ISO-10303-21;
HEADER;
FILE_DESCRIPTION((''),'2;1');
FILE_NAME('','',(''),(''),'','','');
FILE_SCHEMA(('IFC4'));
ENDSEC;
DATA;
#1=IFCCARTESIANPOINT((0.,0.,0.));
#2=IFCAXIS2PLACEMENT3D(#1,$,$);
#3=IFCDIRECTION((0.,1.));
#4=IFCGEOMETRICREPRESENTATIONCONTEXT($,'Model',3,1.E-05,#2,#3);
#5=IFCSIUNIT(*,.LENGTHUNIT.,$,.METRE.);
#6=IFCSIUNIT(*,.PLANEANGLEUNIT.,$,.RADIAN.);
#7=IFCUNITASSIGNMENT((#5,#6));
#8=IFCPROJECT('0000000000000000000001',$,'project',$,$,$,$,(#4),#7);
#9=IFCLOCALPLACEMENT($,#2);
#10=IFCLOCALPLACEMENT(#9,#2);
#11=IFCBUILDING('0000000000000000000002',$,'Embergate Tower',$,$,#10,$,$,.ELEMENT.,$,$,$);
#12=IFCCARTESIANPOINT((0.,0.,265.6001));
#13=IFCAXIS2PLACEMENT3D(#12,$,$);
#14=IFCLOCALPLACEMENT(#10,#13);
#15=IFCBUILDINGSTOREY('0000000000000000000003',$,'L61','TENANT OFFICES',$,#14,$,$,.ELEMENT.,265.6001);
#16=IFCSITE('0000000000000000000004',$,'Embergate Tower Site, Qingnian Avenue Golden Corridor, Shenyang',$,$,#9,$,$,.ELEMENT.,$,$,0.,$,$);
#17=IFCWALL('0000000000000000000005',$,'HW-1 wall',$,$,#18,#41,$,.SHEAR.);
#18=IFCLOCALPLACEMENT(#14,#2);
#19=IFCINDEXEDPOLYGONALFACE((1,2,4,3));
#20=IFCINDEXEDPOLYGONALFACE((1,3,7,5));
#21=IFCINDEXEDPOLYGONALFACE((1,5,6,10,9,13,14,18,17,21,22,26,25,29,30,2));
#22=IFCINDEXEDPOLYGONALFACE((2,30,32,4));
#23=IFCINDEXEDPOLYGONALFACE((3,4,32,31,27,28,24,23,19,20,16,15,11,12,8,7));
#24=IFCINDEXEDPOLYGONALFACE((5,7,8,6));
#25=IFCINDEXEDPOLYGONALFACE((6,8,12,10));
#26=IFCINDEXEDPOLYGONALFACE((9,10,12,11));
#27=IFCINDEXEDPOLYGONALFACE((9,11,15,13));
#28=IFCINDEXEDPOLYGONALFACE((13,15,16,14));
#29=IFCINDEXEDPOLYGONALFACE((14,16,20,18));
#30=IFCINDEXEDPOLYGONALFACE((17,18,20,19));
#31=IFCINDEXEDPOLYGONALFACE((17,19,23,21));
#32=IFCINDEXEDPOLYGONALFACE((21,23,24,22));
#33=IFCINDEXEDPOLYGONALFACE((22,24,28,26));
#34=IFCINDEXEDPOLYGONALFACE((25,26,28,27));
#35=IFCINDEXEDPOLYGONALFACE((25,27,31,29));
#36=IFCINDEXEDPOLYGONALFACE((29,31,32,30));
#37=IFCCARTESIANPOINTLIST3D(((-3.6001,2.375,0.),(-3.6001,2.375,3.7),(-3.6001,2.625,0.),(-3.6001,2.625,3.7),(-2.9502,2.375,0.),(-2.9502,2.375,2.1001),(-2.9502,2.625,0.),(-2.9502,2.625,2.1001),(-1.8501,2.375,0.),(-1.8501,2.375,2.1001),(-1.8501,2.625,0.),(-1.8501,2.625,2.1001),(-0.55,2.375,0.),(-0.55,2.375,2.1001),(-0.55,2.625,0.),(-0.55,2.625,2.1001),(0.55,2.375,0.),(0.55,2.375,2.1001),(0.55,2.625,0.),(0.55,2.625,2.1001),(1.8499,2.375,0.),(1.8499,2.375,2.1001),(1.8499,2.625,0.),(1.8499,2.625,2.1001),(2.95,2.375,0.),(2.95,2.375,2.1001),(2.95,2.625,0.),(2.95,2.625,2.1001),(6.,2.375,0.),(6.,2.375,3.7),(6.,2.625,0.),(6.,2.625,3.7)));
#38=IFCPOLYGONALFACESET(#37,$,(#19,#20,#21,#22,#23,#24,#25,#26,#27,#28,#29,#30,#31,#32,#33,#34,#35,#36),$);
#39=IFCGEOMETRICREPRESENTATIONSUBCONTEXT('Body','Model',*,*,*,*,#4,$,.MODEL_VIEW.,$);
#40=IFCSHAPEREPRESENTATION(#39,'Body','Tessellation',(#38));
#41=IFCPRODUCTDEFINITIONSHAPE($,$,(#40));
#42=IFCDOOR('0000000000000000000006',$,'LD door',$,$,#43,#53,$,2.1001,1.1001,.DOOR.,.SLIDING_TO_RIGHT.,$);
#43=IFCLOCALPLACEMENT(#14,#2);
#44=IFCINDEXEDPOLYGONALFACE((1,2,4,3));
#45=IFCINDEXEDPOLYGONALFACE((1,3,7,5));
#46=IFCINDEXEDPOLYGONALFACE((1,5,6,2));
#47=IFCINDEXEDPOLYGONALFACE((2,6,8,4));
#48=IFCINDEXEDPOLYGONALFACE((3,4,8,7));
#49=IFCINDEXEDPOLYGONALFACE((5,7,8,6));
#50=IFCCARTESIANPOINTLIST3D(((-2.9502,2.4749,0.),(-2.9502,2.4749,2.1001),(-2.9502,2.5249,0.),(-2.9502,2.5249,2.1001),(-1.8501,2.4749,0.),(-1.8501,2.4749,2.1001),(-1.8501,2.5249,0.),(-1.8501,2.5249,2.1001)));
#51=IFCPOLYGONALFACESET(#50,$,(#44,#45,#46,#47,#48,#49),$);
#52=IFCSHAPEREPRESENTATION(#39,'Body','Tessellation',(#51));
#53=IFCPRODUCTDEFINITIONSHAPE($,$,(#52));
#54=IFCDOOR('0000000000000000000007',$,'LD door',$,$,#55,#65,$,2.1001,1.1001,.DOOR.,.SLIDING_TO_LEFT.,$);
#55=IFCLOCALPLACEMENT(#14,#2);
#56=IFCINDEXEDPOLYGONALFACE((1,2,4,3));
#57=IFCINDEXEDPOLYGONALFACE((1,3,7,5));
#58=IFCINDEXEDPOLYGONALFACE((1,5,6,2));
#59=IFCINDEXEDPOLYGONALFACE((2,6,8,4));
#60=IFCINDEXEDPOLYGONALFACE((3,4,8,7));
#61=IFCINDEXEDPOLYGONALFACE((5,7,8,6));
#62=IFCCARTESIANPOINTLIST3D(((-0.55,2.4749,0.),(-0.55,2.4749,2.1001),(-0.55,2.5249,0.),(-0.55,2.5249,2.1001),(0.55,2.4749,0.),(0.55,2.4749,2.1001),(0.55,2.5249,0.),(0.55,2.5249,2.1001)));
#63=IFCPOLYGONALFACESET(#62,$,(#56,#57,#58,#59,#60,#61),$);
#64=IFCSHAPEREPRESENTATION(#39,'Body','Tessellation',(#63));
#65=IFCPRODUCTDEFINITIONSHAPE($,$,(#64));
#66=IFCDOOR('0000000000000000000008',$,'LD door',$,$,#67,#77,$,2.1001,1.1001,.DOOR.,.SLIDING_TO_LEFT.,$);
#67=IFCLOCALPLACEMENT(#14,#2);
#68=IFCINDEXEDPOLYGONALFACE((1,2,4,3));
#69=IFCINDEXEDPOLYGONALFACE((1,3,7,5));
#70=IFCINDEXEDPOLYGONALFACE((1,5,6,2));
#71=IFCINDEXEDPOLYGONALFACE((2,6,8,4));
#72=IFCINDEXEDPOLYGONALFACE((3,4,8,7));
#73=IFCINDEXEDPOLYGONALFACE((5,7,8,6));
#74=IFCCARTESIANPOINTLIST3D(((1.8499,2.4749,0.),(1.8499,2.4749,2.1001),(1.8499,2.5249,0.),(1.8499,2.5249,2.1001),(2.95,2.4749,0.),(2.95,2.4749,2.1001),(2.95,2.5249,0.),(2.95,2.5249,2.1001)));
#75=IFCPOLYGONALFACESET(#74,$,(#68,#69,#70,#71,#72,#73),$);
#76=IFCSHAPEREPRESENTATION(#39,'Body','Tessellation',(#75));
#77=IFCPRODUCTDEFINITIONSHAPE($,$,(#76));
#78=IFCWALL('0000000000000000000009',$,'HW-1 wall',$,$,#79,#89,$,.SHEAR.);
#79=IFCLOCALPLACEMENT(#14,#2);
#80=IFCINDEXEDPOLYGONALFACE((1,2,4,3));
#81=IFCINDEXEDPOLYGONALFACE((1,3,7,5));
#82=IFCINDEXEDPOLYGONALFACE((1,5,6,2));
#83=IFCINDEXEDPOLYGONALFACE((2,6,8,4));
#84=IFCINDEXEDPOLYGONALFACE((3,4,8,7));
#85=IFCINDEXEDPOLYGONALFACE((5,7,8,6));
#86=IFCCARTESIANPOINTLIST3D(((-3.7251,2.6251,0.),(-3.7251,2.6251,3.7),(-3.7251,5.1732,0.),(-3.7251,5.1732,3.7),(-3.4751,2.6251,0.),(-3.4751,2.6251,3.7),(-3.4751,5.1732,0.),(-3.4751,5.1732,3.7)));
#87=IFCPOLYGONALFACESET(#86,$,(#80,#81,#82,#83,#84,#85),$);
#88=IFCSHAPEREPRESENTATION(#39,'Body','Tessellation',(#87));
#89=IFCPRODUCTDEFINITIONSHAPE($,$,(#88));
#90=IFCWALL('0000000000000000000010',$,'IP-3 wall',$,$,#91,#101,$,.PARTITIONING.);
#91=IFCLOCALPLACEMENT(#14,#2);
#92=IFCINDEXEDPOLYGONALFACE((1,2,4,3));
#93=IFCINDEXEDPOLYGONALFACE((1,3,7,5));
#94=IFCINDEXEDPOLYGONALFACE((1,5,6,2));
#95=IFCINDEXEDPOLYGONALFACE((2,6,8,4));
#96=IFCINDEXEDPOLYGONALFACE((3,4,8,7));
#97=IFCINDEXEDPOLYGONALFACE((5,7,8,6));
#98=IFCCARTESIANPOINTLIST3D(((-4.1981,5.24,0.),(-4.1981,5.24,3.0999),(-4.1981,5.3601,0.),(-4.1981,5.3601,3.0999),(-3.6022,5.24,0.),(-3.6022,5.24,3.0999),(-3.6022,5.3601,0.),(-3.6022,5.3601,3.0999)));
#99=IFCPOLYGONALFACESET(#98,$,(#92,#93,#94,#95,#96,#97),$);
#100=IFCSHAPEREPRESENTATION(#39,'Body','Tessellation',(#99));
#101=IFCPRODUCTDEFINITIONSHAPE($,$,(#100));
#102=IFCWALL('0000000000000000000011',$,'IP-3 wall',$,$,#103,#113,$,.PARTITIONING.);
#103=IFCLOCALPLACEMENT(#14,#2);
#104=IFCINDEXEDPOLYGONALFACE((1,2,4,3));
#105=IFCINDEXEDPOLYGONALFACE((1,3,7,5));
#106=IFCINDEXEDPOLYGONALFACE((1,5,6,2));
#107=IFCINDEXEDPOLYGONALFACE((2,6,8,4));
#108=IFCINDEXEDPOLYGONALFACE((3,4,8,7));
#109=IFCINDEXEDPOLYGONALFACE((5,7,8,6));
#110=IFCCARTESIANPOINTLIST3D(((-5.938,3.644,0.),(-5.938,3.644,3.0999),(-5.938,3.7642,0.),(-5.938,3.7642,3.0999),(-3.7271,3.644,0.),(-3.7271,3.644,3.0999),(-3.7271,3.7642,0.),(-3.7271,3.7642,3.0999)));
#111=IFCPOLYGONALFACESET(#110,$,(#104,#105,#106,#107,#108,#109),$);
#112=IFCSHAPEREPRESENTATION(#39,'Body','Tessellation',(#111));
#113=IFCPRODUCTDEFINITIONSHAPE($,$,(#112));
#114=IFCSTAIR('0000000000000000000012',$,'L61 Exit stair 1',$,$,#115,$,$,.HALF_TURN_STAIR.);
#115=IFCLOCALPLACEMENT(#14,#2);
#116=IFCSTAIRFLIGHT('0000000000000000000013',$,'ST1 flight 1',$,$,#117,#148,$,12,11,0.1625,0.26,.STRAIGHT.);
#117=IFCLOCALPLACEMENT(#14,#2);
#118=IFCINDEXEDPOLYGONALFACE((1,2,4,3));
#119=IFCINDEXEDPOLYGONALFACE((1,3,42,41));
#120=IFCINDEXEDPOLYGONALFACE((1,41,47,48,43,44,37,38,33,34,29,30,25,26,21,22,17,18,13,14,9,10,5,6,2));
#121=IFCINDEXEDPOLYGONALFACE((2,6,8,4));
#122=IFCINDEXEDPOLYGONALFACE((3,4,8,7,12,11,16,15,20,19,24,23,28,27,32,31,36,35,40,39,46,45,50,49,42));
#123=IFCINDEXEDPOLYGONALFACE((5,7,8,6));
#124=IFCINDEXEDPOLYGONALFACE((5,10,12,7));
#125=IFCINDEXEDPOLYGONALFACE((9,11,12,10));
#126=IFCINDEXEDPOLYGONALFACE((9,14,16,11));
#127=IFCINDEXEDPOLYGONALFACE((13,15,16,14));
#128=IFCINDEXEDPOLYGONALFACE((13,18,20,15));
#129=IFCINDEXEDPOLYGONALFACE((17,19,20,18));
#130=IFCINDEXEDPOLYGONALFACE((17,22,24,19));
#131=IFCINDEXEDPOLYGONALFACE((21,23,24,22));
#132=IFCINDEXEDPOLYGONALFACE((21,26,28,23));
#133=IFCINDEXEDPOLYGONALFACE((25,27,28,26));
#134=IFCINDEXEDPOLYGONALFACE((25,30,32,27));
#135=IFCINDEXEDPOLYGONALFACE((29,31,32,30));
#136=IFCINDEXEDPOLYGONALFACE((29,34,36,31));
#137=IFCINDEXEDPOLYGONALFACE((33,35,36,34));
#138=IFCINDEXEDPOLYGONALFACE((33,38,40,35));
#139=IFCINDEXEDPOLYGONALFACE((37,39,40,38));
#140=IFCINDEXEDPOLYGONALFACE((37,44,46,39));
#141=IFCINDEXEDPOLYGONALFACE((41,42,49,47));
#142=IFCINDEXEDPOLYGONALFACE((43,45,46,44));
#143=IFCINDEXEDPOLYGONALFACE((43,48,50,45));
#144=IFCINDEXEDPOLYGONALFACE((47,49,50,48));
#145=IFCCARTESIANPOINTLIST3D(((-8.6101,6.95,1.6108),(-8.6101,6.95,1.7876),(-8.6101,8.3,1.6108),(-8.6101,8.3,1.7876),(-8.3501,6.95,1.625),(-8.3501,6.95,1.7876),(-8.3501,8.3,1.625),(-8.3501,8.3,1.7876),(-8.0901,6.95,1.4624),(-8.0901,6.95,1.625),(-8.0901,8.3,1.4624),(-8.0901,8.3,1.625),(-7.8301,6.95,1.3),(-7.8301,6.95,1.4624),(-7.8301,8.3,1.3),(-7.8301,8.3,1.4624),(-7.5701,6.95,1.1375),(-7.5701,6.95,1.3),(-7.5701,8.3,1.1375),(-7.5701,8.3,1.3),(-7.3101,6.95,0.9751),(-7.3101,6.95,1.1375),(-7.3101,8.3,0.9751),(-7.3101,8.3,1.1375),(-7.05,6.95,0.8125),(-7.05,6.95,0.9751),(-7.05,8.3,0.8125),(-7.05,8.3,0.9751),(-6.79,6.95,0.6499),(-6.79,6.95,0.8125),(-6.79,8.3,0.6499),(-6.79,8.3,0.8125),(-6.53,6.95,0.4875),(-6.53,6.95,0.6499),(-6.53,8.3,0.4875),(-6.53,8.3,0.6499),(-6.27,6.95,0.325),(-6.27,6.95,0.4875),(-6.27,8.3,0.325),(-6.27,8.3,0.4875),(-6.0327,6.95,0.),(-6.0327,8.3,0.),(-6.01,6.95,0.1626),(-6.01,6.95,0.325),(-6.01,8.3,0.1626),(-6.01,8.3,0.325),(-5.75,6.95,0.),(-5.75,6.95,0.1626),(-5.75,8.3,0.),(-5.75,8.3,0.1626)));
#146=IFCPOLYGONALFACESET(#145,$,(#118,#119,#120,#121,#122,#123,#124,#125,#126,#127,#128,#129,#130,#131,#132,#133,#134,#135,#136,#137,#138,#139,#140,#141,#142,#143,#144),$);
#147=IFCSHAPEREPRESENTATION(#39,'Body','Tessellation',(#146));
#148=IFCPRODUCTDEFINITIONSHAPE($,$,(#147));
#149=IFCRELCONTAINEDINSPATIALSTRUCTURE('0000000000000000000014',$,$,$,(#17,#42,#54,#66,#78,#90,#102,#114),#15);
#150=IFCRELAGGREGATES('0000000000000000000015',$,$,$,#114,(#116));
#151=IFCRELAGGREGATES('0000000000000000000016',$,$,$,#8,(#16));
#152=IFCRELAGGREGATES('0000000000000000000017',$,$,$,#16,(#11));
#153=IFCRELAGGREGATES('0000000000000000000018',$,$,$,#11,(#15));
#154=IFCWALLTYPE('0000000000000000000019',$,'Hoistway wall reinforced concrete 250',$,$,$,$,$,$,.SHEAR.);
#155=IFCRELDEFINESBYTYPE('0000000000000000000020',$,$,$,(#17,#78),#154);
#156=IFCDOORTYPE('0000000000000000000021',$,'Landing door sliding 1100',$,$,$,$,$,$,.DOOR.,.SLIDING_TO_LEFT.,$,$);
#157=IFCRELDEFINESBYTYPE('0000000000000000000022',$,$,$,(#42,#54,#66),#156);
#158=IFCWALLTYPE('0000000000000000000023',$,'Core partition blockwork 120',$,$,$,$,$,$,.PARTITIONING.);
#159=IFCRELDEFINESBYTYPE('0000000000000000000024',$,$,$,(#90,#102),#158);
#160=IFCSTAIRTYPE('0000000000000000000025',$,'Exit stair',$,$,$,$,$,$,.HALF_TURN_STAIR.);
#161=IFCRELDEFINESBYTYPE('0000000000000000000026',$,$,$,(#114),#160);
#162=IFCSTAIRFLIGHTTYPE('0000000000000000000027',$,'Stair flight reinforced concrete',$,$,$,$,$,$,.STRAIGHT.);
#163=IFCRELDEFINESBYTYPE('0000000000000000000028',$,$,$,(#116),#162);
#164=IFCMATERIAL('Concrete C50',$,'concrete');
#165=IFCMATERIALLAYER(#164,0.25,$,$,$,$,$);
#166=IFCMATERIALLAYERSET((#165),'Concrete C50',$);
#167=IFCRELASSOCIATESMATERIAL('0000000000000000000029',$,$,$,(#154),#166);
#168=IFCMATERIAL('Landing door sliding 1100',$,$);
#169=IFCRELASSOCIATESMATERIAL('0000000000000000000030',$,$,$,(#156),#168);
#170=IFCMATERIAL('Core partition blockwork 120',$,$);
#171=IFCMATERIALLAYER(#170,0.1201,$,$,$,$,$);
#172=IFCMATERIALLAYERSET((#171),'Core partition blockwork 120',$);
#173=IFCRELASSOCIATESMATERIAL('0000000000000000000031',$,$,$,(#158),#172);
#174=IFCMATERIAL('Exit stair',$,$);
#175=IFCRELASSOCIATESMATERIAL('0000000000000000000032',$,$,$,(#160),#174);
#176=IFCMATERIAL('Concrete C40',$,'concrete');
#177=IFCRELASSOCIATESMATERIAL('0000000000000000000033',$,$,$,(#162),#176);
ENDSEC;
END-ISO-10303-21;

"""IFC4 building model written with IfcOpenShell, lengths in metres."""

from ifc_helpers import new_model, si_unit, direction, frame, frame_2d, origin, place, context, subcontext, project, spatial, polyline, rectangle, outline, extrude, source, transform, mapped, material, layer, layer_set, type_object, element, fill, aggregate, save


model = new_model("IFC4")

# Units and contexts
model_context = context("Model", 3, precision=1e-05, world=origin(), true_north=direction((0.0, 1.0)))
body_context = subcontext(model_context, "Body", "Model", "MODEL_VIEW")
ifc_project = project(units=[si_unit("LENGTHUNIT", "METRE"), si_unit("PLANEANGLEUNIT", "RADIAN")], contexts=[model_context])

# Site, building, storey
site_placement = place(None, origin())
site = spatial("IfcSite", under=ifc_project, at=site_placement, Name="Embergate Tower Site, Qingnian Avenue Golden Corridor, Shenyang", CompositionType="ELEMENT", RefElevation=0.0)
building_placement = place(site_placement, origin())
building = spatial("IfcBuilding", under=site, at=building_placement, Name="Embergate Tower", CompositionType="ELEMENT")
storey_placement = place(building_placement, frame((0.0, 0.0, 265.6001)))
storey = spatial("IfcBuildingStorey", under=building, at=storey_placement, Name="L61", Description="TENANT OFFICES", CompositionType="ELEMENT", Elevation=265.6001)

# Shared definitions
ifc_material_1 = material(Name="Concrete C50", Category="concrete")
ifc_layer_1 = layer(ifc_material_1, 0.25)
ifc_layer_set_1 = layer_set([ifc_layer_1], Name="Concrete C50")
wall_type_1 = type_object("IfcWallType", Name="Hoistway wall reinforced concrete 250", PredefinedType="SHEAR", material=ifc_layer_set_1)

# Shared definitions
shared_shape_1 = source(origin(), body_context, "Body", "SweptSolid", [
    extrude(rectangle(XDim=1.1001, YDim=2.1001, at=frame_2d((0.55, 1.05))), frame((0.0, 0.135, 0.0), z_axis=(0.0, -1.0, 0.0), x_axis=(1.0, 0.0, 0.0)), (0.0, 0.0, 1.0), 0.27),
])
ifc_material_2 = material(Name="Landing door sliding 1100")
door_type_1 = type_object("IfcDoorType", Name="Landing door sliding 1100", OperationType="SLIDING_TO_LEFT", PredefinedType="DOOR", material=ifc_material_2)
shared_shape_2 = source(origin(), body_context, "Body", "SweptSolid", [
    extrude(rectangle(XDim=1.1001, YDim=2.1001, at=frame_2d((0.55, 1.05))), frame((0.0, 0.0249, 0.0), z_axis=(0.0, -1.0, 0.0), x_axis=(1.0, 0.0, 0.0)), (0.0, 0.0, 1.0), 0.05),
])

# Shared definitions
ifc_material_3 = material(Name="Core partition blockwork 120")
ifc_layer_2 = layer(ifc_material_3, 0.1201)
ifc_layer_set_2 = layer_set([ifc_layer_2], Name="Core partition blockwork 120")
wall_type_2 = type_object("IfcWallType", Name="Core partition blockwork 120", PredefinedType="PARTITIONING", material=ifc_layer_set_2)

# Wall, openings, doors
shared_shape_3 = source(origin(), body_context, "Body", "SweptSolid", [
    extrude(rectangle(XDim=9.6001, YDim=0.25, at=frame_2d((4.8, 0.0))), origin(), (0.0, 0.0, 1.0), 3.7),
])
wall_1_placement = place(storey_placement, frame((-3.6001, 2.5, 0.0), z_axis=(0.0, 0.0, 1.0), x_axis=(1.0, 0.0, 0.0)))
wall_1 = element("IfcWall", 1, at=wall_1_placement, inside=storey, type_object=wall_type_1, Name="HW-1 wall", PredefinedType="SHEAR", context=body_context, shape_type="MappedRepresentation", body=[
    mapped(shared_shape_3, transform((0.0, 0.0, 0.0))),
])
opening_1_placement = place(wall_1_placement, frame((0.6499, 0.0, 0.0)))
opening_1 = element("IfcOpeningElement", 2, at=opening_1_placement, cuts=wall_1, PredefinedType="OPENING", context=body_context, shape_type="MappedRepresentation", body=[
    mapped(shared_shape_1, transform((0.0, 0.0, 0.0))),
])
opening_2_placement = place(wall_1_placement, frame((3.05, 0.0, 0.0)))
opening_2 = element("IfcOpeningElement", 3, at=opening_2_placement, cuts=wall_1, PredefinedType="OPENING", context=body_context, shape_type="MappedRepresentation", body=[
    mapped(shared_shape_1, transform((0.0, 0.0, 0.0))),
])
opening_3_placement = place(wall_1_placement, frame((5.45, 0.0, 0.0)))
opening_3 = element("IfcOpeningElement", 4, at=opening_3_placement, cuts=wall_1, PredefinedType="OPENING", context=body_context, shape_type="MappedRepresentation", body=[
    mapped(shared_shape_1, transform((0.0, 0.0, 0.0))),
])
door_1_placement = place(opening_1_placement, origin())
door_1 = element("IfcDoor", 5, at=door_1_placement, inside=storey, type_object=door_type_1, Name="LD door", OperationType="SLIDING_TO_RIGHT", OverallHeight=2.1001, OverallWidth=1.1001, PredefinedType="DOOR", context=body_context, shape_type="MappedRepresentation", body=[
    mapped(shared_shape_2, transform((0.0, 0.0, 0.0))),
])
fill(opening_1, door_1)
door_2_placement = place(opening_2_placement, origin())
door_2 = element("IfcDoor", 6, at=door_2_placement, inside=storey, type_object=door_type_1, Name="LD door", OperationType="SLIDING_TO_LEFT", OverallHeight=2.1001, OverallWidth=1.1001, PredefinedType="DOOR", context=body_context, shape_type="MappedRepresentation", body=[
    mapped(shared_shape_2, transform((0.0, 0.0, 0.0))),
])
fill(opening_2, door_2)
door_3_placement = place(opening_3_placement, origin())
door_3 = element("IfcDoor", 7, at=door_3_placement, inside=storey, type_object=door_type_1, Name="LD door", OperationType="SLIDING_TO_LEFT", OverallHeight=2.1001, OverallWidth=1.1001, PredefinedType="DOOR", context=body_context, shape_type="MappedRepresentation", body=[
    mapped(shared_shape_2, transform((0.0, 0.0, 0.0))),
])
fill(opening_3, door_3)

# Walls
shared_shape_4 = source(origin(), body_context, "Body", "SweptSolid", [
    extrude(rectangle(XDim=2.5481, YDim=0.25, at=frame_2d((1.2739, 0.0))), origin(), (0.0, 0.0, 1.0), 3.7),
])
wall_2_placement = place(storey_placement, frame((-3.6001, 5.1731, 0.0), z_axis=(0.0, 0.0, 1.0), x_axis=(0.0, -1.0, 0.0)))
element("IfcWall", 8, at=wall_2_placement, inside=storey, type_object=wall_type_1, Name="HW-1 wall", PredefinedType="SHEAR", context=body_context, shape_type="MappedRepresentation", body=[
    mapped(shared_shape_4, transform((0.0, 0.0, 0.0))),
])
shared_shape_5 = source(origin(), body_context, "Body", "SweptSolid", [
    extrude(rectangle(XDim=0.5959, YDim=0.1201, at=frame_2d((0.2979, 0.0))), origin(), (0.0, 0.0, 1.0), 3.0999),
])
wall_3_placement = place(storey_placement, frame((-4.198, 5.3, 0.0), z_axis=(0.0, 0.0, 1.0), x_axis=(1.0, 0.0, 0.0)))
element("IfcWall", 9, at=wall_3_placement, inside=storey, type_object=wall_type_2, Name="IP-3 wall", PredefinedType="PARTITIONING", context=body_context, shape_type="MappedRepresentation", body=[
    mapped(shared_shape_5, transform((0.0, 0.0, 0.0))),
])
shared_shape_6 = source(origin(), body_context, "Body", "SweptSolid", [
    extrude(rectangle(XDim=2.2109, YDim=0.1201, at=frame_2d((1.1055, 0.0))), origin(), (0.0, 0.0, 1.0), 3.0999),
])
wall_4_placement = place(storey_placement, frame((-3.7271, 3.7041, 0.0), z_axis=(0.0, 0.0, 1.0), x_axis=(-1.0, 0.0, 0.0)))
element("IfcWall", 10, at=wall_4_placement, inside=storey, type_object=wall_type_2, Name="IP-3 wall", PredefinedType="PARTITIONING", context=body_context, shape_type="MappedRepresentation", body=[
    mapped(shared_shape_6, transform((0.0, 0.0, 0.0))),
])

# Stair, stair flight
ifc_material_4 = material(Name="Exit stair")
stair_type = type_object("IfcStairType", Name="Exit stair", PredefinedType="HALF_TURN_STAIR", material=ifc_material_4)
stair_placement = place(storey_placement, origin())
stair = element("IfcStair", 11, at=stair_placement, inside=storey, type_object=stair_type, Name="L61 Exit stair 1", PredefinedType="HALF_TURN_STAIR")
ifc_material_5 = material(Name="Concrete C40", Category="concrete")
stair_flight_type = type_object("IfcStairFlightType", Name="Stair flight reinforced concrete", PredefinedType="STRAIGHT", material=ifc_material_5)
shared_shape_7 = source(origin(), body_context, "Body", "SweptSolid", [
    extrude(outline(polyline([(0.0, 0.0), (0.0, 0.1626), (0.26, 0.1626), (0.26, 0.325), (0.52, 0.325), (0.52, 0.4875), (0.78, 0.4875), (0.78, 0.6499), (1.04, 0.6499), (1.04, 0.8125), (1.3, 0.8125), (1.3, 0.9751), (1.5601, 0.9751), (1.5601, 1.1375), (1.8201, 1.1375), (1.8201, 1.3), (2.0801, 1.3), (2.0801, 1.4624), (2.3401, 1.4624), (2.3401, 1.625), (2.6001, 1.625), (2.6001, 1.7876), (2.8601, 1.7876), (2.8601, 1.95), (2.8601, 1.6108), (0.2827, 0.0), (0.0, 0.0)])), frame((0.0, 0.675, 0.0), z_axis=(0.0, -1.0, 0.0), x_axis=(1.0, 0.0, 0.0)), (0.0, 0.0, 1.0), 1.3501),
])
stair_flight_placement = place(storey_placement, frame((-5.75, 7.625, 0.0), z_axis=(0.0, 0.0, 1.0), x_axis=(-1.0, 0.0, 0.0)))
stair_flight = element("IfcStairFlight", 12, at=stair_flight_placement, type_object=stair_flight_type, Name="ST1 flight 1", NumberOfRisers=12, NumberOfTreads=11, PredefinedType="STRAIGHT", RiserHeight=0.1625, TreadLength=0.26, context=body_context, shape_type="MappedRepresentation", body=[
    mapped(shared_shape_7, transform((0.0, 0.0, 0.0))),
])
aggregate(stair, [stair_flight])

save(model, "model.ifc")
